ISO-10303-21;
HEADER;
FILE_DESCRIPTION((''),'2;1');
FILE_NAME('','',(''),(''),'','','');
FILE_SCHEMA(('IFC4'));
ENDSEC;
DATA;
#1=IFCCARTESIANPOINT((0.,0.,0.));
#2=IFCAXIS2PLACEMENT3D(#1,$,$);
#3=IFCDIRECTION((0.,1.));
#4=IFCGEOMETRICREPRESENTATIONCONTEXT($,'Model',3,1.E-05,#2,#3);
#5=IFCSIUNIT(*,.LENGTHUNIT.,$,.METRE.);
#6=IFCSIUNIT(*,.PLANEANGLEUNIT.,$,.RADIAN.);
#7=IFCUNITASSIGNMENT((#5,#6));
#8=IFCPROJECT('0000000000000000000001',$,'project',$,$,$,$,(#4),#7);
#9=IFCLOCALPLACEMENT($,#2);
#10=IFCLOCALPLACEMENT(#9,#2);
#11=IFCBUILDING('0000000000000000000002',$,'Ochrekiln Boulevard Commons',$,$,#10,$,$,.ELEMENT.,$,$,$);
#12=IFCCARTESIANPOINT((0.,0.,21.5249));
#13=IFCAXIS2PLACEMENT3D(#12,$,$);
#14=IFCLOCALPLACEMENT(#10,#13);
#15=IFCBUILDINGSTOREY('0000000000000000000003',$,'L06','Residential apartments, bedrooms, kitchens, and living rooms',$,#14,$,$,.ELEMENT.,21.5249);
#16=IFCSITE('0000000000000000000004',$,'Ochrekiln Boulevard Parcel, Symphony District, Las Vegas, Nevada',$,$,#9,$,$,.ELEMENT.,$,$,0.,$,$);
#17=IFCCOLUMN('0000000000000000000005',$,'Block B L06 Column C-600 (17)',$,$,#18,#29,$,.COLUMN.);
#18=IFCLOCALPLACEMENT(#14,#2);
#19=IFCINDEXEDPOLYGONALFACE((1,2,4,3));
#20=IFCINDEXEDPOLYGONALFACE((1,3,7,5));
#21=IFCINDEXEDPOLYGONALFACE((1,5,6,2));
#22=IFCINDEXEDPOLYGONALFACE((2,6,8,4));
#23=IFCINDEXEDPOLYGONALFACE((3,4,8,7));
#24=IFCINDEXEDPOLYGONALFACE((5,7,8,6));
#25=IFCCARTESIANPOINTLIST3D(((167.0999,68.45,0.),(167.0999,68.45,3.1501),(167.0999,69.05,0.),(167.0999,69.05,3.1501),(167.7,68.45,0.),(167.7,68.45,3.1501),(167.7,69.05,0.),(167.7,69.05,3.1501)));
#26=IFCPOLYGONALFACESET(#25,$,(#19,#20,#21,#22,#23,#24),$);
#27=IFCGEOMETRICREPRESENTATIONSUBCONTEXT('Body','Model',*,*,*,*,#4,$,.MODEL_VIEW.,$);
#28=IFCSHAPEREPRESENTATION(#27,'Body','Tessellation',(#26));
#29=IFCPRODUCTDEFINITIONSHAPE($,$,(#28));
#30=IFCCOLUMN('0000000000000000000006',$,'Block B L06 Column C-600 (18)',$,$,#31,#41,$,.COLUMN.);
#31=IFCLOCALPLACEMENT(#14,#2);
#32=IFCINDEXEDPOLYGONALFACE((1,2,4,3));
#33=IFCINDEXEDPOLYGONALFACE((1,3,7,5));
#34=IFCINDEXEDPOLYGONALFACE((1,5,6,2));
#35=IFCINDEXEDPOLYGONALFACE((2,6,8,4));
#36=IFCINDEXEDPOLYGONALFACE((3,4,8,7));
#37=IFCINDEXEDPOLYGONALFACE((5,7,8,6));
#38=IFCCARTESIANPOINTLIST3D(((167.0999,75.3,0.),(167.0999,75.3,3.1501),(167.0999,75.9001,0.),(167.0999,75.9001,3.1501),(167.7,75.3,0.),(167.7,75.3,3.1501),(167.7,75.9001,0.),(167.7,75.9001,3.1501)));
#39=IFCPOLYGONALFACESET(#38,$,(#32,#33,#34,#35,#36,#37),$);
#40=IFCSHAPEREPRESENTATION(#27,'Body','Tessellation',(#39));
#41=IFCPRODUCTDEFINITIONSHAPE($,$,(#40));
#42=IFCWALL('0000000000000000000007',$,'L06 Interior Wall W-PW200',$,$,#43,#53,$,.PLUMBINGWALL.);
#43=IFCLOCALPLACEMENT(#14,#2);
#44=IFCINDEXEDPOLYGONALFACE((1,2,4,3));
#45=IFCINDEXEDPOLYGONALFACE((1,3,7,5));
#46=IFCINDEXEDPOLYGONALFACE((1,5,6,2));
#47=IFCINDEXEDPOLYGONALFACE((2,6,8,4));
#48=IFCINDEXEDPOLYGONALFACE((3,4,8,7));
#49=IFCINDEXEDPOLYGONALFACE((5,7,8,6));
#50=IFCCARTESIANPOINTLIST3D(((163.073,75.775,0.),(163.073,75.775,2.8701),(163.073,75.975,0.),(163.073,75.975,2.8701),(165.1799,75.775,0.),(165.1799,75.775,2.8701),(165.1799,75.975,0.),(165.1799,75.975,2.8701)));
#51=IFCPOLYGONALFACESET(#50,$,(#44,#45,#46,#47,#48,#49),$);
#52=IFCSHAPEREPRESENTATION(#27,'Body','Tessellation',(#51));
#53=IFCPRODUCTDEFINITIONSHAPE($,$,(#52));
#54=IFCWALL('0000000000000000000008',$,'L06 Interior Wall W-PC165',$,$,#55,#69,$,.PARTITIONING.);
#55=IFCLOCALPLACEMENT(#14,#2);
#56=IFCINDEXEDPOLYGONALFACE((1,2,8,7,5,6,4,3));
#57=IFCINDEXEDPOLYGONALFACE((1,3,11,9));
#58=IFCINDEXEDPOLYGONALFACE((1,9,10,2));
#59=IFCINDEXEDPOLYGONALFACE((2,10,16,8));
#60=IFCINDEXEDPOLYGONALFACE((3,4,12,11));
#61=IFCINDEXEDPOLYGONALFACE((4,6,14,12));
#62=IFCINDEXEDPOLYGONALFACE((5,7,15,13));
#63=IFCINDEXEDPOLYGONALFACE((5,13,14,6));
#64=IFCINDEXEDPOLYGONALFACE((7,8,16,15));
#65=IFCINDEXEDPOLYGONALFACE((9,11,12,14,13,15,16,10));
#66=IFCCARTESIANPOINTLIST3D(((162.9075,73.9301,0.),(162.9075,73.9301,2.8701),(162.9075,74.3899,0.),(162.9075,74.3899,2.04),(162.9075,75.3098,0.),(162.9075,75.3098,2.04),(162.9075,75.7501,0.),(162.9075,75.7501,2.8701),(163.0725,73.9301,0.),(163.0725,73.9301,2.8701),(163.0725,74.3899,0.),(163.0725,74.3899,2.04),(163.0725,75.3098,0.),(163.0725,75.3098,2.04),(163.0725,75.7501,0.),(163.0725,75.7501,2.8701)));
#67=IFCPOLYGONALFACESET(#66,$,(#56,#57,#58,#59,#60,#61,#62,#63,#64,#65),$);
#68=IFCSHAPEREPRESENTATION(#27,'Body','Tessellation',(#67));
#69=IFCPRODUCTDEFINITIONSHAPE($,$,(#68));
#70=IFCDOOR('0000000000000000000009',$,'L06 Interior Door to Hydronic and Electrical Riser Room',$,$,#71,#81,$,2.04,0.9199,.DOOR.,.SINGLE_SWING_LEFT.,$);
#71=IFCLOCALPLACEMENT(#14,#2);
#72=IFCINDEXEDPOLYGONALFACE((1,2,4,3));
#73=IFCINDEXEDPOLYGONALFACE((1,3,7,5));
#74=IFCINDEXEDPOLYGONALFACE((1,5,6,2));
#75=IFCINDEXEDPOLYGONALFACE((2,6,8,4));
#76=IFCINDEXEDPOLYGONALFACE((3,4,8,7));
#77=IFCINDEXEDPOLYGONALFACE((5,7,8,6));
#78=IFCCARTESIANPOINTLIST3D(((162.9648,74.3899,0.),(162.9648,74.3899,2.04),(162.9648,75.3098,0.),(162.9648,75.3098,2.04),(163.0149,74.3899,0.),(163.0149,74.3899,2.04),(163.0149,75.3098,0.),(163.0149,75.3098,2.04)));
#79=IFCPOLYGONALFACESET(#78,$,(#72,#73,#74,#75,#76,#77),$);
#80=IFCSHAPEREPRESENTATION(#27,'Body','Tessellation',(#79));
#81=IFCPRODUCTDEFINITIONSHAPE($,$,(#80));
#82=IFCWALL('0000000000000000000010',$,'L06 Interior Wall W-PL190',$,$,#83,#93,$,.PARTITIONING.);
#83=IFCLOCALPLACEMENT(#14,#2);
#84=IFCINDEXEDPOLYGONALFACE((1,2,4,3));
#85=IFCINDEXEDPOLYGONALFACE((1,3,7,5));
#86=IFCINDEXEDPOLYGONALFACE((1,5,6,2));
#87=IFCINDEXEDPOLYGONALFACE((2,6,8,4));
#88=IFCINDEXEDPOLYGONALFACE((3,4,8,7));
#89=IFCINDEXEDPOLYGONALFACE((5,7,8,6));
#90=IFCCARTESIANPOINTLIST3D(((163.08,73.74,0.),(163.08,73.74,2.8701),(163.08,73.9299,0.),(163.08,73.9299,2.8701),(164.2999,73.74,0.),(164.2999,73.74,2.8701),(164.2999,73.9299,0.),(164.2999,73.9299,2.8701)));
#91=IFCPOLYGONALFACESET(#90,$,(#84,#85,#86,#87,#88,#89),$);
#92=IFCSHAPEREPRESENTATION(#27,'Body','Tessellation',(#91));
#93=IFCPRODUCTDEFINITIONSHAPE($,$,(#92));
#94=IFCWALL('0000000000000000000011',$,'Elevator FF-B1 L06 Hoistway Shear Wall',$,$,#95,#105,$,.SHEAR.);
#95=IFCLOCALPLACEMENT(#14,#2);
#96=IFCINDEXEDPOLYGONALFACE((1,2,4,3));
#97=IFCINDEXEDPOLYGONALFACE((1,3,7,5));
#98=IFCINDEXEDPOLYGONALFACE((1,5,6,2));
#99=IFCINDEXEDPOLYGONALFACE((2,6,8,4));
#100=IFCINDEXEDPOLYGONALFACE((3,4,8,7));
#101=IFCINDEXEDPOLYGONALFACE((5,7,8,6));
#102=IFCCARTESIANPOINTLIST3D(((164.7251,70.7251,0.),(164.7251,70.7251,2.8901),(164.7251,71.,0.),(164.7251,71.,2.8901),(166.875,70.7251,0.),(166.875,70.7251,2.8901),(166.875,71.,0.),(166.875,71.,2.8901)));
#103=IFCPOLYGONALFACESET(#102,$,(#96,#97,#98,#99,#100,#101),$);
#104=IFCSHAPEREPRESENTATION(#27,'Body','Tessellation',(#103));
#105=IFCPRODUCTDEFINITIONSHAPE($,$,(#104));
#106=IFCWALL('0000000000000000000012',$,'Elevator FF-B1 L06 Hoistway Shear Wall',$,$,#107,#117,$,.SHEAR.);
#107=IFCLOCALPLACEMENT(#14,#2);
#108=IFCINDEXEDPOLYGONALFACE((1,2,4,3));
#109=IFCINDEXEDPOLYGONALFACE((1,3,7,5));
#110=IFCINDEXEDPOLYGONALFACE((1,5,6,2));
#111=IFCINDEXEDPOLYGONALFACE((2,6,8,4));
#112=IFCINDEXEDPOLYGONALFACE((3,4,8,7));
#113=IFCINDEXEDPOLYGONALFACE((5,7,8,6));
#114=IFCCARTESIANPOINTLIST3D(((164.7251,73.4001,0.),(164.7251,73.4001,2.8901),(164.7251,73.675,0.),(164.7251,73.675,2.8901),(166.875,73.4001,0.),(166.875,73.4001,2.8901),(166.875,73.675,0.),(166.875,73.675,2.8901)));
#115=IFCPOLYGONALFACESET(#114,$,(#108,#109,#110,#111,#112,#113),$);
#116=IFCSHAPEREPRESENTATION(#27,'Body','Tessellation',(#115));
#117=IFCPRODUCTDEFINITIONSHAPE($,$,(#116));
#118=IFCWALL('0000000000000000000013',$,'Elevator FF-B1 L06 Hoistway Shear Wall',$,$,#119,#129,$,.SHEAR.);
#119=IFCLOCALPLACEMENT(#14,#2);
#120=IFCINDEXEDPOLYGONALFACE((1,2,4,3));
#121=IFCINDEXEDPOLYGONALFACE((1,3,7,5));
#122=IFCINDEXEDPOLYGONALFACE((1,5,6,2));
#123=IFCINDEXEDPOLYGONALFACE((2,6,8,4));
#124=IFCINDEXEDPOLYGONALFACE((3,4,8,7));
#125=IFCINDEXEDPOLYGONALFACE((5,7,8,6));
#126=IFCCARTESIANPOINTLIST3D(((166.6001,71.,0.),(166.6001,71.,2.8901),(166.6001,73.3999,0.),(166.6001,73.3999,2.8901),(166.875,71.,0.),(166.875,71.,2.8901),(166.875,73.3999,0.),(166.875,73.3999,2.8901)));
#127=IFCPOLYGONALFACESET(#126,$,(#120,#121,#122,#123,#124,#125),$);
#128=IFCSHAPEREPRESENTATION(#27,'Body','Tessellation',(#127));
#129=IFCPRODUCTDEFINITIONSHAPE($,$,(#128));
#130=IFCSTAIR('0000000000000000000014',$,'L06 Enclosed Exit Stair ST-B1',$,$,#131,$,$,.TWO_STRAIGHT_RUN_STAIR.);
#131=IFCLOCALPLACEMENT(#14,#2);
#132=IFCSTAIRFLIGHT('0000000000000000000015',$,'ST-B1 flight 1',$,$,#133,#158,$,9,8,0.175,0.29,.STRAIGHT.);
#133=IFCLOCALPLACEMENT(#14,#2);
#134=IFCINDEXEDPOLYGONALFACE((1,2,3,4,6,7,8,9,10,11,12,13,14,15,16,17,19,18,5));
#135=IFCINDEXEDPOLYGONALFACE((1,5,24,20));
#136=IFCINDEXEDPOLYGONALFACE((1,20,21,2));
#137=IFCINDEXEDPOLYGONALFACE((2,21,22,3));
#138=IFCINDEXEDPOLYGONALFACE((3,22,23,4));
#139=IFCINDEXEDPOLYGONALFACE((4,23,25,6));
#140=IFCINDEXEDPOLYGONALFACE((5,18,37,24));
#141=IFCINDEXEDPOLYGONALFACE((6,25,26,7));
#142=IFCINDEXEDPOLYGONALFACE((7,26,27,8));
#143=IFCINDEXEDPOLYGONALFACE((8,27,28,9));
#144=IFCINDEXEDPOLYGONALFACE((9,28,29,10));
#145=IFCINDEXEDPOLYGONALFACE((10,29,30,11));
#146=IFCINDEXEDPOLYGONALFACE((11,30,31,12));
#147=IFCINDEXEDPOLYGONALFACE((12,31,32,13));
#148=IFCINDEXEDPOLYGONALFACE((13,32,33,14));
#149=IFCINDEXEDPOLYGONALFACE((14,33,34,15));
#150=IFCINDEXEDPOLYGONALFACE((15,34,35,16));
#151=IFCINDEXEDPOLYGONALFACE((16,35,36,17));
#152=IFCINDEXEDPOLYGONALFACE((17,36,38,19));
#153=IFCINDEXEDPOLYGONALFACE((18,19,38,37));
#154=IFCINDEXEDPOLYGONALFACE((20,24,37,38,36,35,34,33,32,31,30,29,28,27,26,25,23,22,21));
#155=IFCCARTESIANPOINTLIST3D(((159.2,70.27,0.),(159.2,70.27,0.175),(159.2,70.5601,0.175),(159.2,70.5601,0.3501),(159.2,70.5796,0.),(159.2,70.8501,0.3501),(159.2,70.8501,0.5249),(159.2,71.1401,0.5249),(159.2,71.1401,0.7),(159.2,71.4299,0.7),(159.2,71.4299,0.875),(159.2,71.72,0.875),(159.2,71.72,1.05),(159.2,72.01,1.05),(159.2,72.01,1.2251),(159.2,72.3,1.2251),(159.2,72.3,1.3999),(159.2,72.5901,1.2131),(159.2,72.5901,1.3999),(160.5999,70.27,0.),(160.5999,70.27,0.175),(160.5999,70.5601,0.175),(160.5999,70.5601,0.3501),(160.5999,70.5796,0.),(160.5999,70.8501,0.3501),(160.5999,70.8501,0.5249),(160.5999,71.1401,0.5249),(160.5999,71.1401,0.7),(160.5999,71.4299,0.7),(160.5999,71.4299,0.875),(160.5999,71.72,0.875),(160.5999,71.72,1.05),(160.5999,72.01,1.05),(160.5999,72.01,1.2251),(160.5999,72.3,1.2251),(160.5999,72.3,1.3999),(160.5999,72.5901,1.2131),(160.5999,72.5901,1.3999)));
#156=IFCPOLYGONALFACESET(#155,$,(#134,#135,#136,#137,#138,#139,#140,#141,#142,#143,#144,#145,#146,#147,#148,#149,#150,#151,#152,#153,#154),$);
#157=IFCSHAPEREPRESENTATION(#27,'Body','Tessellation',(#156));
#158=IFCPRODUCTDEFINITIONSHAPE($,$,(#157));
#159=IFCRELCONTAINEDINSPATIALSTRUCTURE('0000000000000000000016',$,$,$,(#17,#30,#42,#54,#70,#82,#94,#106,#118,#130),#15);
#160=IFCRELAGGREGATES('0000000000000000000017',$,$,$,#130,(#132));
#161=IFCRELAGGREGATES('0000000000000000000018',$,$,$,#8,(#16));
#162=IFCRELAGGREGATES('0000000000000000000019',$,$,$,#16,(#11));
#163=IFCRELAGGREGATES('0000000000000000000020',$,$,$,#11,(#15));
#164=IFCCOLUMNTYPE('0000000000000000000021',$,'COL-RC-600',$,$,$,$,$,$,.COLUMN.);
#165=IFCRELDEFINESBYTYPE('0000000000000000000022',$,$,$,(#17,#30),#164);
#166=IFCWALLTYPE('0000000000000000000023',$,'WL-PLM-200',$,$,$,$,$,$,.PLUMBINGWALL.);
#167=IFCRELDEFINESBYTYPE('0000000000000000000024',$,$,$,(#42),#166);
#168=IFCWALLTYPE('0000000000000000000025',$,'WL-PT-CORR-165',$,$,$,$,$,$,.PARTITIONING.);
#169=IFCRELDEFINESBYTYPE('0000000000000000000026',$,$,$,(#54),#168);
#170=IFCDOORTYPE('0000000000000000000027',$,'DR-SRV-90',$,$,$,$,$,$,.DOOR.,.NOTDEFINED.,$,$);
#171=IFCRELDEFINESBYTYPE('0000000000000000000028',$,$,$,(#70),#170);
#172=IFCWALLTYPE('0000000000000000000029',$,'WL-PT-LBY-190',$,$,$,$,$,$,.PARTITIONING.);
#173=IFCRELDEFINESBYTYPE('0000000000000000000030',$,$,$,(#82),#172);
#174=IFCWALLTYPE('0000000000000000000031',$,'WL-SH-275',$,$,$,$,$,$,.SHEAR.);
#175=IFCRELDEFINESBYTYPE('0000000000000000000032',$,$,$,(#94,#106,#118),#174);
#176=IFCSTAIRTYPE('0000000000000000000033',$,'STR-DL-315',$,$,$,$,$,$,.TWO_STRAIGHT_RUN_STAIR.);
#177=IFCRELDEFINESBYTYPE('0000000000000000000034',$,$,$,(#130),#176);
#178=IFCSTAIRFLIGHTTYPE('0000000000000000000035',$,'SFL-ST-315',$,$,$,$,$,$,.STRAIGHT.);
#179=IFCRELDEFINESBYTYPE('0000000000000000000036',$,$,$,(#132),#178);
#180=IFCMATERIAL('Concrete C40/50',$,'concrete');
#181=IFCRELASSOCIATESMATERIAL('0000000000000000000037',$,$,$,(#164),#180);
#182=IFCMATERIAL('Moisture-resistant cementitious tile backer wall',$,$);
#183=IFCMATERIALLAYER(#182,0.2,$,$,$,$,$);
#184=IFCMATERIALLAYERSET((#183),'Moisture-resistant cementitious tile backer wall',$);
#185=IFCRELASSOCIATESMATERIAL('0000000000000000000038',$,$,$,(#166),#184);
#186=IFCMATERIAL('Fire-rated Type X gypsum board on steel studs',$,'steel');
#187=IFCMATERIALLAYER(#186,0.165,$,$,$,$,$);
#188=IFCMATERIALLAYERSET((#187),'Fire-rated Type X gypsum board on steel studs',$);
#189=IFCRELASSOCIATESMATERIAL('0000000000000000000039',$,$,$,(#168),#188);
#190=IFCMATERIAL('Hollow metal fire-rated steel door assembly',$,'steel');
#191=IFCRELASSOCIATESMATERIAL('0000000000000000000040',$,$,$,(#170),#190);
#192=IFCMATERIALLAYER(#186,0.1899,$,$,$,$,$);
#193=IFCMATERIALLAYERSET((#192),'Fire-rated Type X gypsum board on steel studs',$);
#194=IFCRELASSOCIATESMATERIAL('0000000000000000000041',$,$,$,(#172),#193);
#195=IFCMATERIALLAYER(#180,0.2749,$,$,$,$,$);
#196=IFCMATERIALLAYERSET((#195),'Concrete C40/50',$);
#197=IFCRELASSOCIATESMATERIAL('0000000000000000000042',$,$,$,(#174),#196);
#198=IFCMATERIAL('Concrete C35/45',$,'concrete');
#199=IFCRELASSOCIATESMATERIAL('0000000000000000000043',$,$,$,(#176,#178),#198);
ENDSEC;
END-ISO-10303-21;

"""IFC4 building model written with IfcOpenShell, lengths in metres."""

from ifc_helpers import new_model, si_unit, direction, frame, frame_2d, origin, origin_2d, place, context, subcontext, project, spatial, polyline, rectangle, outline, extrude, material, layer, layer_set, material_profile, profile_set, type_object, element, fill, aggregate, save


model = new_model("IFC4")

# Units and contexts
model_context = context("Model", 3, precision=1e-05, world=origin(), true_north=direction((0.0, 1.0)))
body_context = subcontext(model_context, "Body", "Model", "MODEL_VIEW")
ifc_project = project(units=[si_unit("LENGTHUNIT", "METRE"), si_unit("PLANEANGLEUNIT", "RADIAN")], contexts=[model_context])

# Site, building, storey
site_placement = place(None, origin())
site = spatial("IfcSite", under=ifc_project, at=site_placement, Name="Ochrekiln Boulevard Parcel, Symphony District, Las Vegas, Nevada", CompositionType="ELEMENT", RefElevation=0.0)
building_placement = place(site_placement, origin())
building = spatial("IfcBuilding", under=site, at=building_placement, Name="Ochrekiln Boulevard Commons", CompositionType="ELEMENT")
storey_placement = place(building_placement, frame((0.0, 0.0, 21.5249)))
storey = spatial("IfcBuildingStorey", under=building, at=storey_placement, Name="L06", Description="Residential apartments, bedrooms, kitchens, and living rooms", CompositionType="ELEMENT", Elevation=21.5249)

# Columns
ifc_material_1 = material(Name="Concrete C40/50", Category="concrete")
ifc_material_profile = material_profile(ifc_material_1, rectangle(XDim=0.6001, YDim=0.6001, at=origin_2d()), Name="RC-COL-600x600")
ifc_profile_set = profile_set([ifc_material_profile], Name="Concrete C40/50")
column_type = type_object("IfcColumnType", Name="COL-RC-600", PredefinedType="COLUMN", material=ifc_profile_set)
for number, where, z_axis, x_axis, name in (
    (1, (167.3999, 68.75, 0.0), (0.0, 0.0, 1.0), (1.0, 0.0, 0.0), "Block B L06 Column C-600 (17)"),
    (2, (167.3999, 75.6001, 0.0), (0.0, 0.0, 1.0), (1.0, 0.0, 0.0), "Block B L06 Column C-600 (18)"),
):
    element("IfcColumn", number, at=place(storey_placement, frame(where, z_axis=z_axis, x_axis=x_axis)), inside=storey, type_object=column_type, Name=name, PredefinedType="COLUMN", context=body_context, shape_type="SweptSolid", body=[
        extrude(rectangle(XDim=0.6001, YDim=0.6001, at=origin_2d()), origin(), (0.0, 0.0, 1.0), 3.1501),
    ])

# Wall
ifc_material_2 = material(Name="Moisture-resistant cementitious tile backer wall")
ifc_layer_1 = layer(ifc_material_2, 0.2)
ifc_layer_set_1 = layer_set([ifc_layer_1], Name="Moisture-resistant cementitious tile backer wall")
wall_type_1 = type_object("IfcWallType", Name="WL-PLM-200", PredefinedType="PLUMBINGWALL", material=ifc_layer_set_1)
wall_1_placement = place(storey_placement, frame((163.073, 75.875, 0.0), z_axis=(0.0, 0.0, 1.0), x_axis=(1.0, 0.0, 0.0)))
element("IfcWall", 3, at=wall_1_placement, inside=storey, type_object=wall_type_1, Name="L06 Interior Wall W-PW200", PredefinedType="PLUMBINGWALL", context=body_context, shape_type="SweptSolid", body=[
    extrude(rectangle(XDim=2.1069, YDim=0.2, at=frame_2d((1.0535, 0.0))), origin(), (0.0, 0.0, 1.0), 2.8701),
])

# Wall, opening, door
ifc_material_3 = material(Name="Fire-rated Type X gypsum board on steel studs", Category="steel")
ifc_layer_2 = layer(ifc_material_3, 0.165)
ifc_layer_set_2 = layer_set([ifc_layer_2], Name="Fire-rated Type X gypsum board on steel studs")
wall_type_2 = type_object("IfcWallType", Name="WL-PT-CORR-165", PredefinedType="PARTITIONING", material=ifc_layer_set_2)
wall_2_placement = place(storey_placement, frame((162.99, 73.9299, 0.0), z_axis=(0.0, 0.0, 1.0), x_axis=(0.0, 1.0, 0.0)))
wall_2 = element("IfcWall", 4, at=wall_2_placement, inside=storey, type_object=wall_type_2, Name="L06 Interior Wall W-PC165", PredefinedType="PARTITIONING", context=body_context, shape_type="SweptSolid", body=[
    extrude(rectangle(XDim=1.8201, YDim=0.165, at=frame_2d((0.9102, 0.0))), origin(), (0.0, 0.0, 1.0), 2.8701),
])
opening_1_placement = place(wall_2_placement, frame((0.46, 0.0, 0.0)))
opening_1 = element("IfcOpeningElement", 5, at=opening_1_placement, cuts=wall_2, PredefinedType="OPENING", context=body_context, shape_type="SweptSolid", body=[
    extrude(rectangle(XDim=0.9199, YDim=2.04, at=frame_2d((0.46, 1.02))), frame((0.0, 0.0925, 0.0), z_axis=(0.0, -1.0, 0.0), x_axis=(1.0, 0.0, 0.0)), (0.0, 0.0, 1.0), 0.1851),
])
ifc_material_4 = material(Name="Hollow metal fire-rated steel door assembly", Category="steel")
door_type_1 = type_object("IfcDoorType", Name="DR-SRV-90", OperationType="NOTDEFINED", PredefinedType="DOOR", material=ifc_material_4)
door_1_placement = place(opening_1_placement, frame((0.9199, 0.0, 0.0), z_axis=(0.0, 0.0, 1.0), x_axis=(-1.0, 0.0, 0.0)))
door_1 = element("IfcDoor", 6, at=door_1_placement, inside=storey, type_object=door_type_1, Name="L06 Interior Door to Hydronic and Electrical Riser Room", OperationType="SINGLE_SWING_LEFT", OverallHeight=2.04, OverallWidth=0.9199, PredefinedType="DOOR", context=body_context, shape_type="SweptSolid", body=[
    extrude(rectangle(XDim=0.9199, YDim=2.04, at=frame_2d((0.46, 1.02))), frame((0.0, 0.0249, 0.0), z_axis=(0.0, -1.0, 0.0), x_axis=(1.0, 0.0, 0.0)), (0.0, 0.0, 1.0), 0.05),
])
fill(opening_1, door_1)

# Wall
ifc_layer_3 = layer(ifc_material_3, 0.1899)
ifc_layer_set_3 = layer_set([ifc_layer_3], Name="Fire-rated Type X gypsum board on steel studs")
wall_type_3 = type_object("IfcWallType", Name="WL-PT-LBY-190", PredefinedType="PARTITIONING", material=ifc_layer_set_3)
wall_3_placement = place(storey_placement, frame((163.0801, 73.835, 0.0), z_axis=(0.0, 0.0, 1.0), x_axis=(1.0, 0.0, 0.0)))
element("IfcWall", 7, at=wall_3_placement, inside=storey, type_object=wall_type_3, Name="L06 Interior Wall W-PL190", PredefinedType="PARTITIONING", context=body_context, shape_type="SweptSolid", body=[
    extrude(rectangle(XDim=1.22, YDim=0.1899, at=frame_2d((0.6099, 0.0))), origin(), (0.0, 0.0, 1.0), 2.8701),
])

# Walls
ifc_layer_4 = layer(ifc_material_1, 0.2749)
ifc_layer_set_4 = layer_set([ifc_layer_4], Name="Concrete C40/50")
wall_type_4 = type_object("IfcWallType", Name="WL-SH-275", PredefinedType="SHEAR", material=ifc_layer_set_4)
for number, where, z_axis, x_axis, name in (
    (8, (164.7251, 70.8625, 0.0), (0.0, 0.0, 1.0), (1.0, 0.0, 0.0), "Elevator FF-B1 L06 Hoistway Shear Wall"),
    (9, (164.7251, 73.5376, 0.0), (0.0, 0.0, 1.0), (1.0, 0.0, 0.0), "Elevator FF-B1 L06 Hoistway Shear Wall"),
):
    element("IfcWall", number, at=place(storey_placement, frame(where, z_axis=z_axis, x_axis=x_axis)), inside=storey, type_object=wall_type_4, Name=name, PredefinedType="SHEAR", context=body_context, shape_type="SweptSolid", body=[
        extrude(rectangle(XDim=2.1499, YDim=0.2749, at=frame_2d((1.075, 0.0))), origin(), (0.0, 0.0, 1.0), 2.8901),
    ])

# Wall
wall_4_placement = place(storey_placement, frame((166.7375, 71.0, 0.0), z_axis=(0.0, 0.0, 1.0), x_axis=(0.0, 1.0, 0.0)))
element("IfcWall", 10, at=wall_4_placement, inside=storey, type_object=wall_type_4, Name="Elevator FF-B1 L06 Hoistway Shear Wall", PredefinedType="SHEAR", context=body_context, shape_type="SweptSolid", body=[
    extrude(rectangle(XDim=2.3999, YDim=0.2749, at=frame_2d((1.2, 0.0))), origin(), (0.0, 0.0, 1.0), 2.8901),
])

# Stair, stair flight
ifc_material_5 = material(Name="Concrete C35/45", Category="concrete")
stair_type = type_object("IfcStairType", Name="STR-DL-315", PredefinedType="TWO_STRAIGHT_RUN_STAIR", material=ifc_material_5)
stair_placement = place(storey_placement, origin())
stair = element("IfcStair", 11, at=stair_placement, inside=storey, type_object=stair_type, Name="L06 Enclosed Exit Stair ST-B1", PredefinedType="TWO_STRAIGHT_RUN_STAIR")
stair_flight_type = type_object("IfcStairFlightType", Name="SFL-ST-315", PredefinedType="STRAIGHT", material=ifc_material_5)
stair_flight_placement = place(storey_placement, frame((159.8999, 70.27, 0.0), z_axis=(0.0, 0.0, 1.0), x_axis=(0.0, 1.0, 0.0)))
stair_flight = element("IfcStairFlight", 12, at=stair_flight_placement, type_object=stair_flight_type, Name="ST-B1 flight 1", NumberOfRisers=9, NumberOfTreads=8, PredefinedType="STRAIGHT", RiserHeight=0.175, TreadLength=0.29, context=body_context, shape_type="SweptSolid", body=[
    extrude(outline(polyline([(0.0, 0.0), (0.0, 0.175), (0.29, 0.175), (0.29, 0.3501), (0.5801, 0.3501), (0.5801, 0.5249), (0.8701, 0.5249), (0.8701, 0.7), (1.1599, 0.7), (1.1599, 0.875), (1.45, 0.875), (1.45, 1.05), (1.74, 1.05), (1.74, 1.2251), (2.03, 1.2251), (2.03, 1.3999), (2.3201, 1.3999), (2.3201, 1.575), (2.3201, 1.2131), (0.3096, 0.0), (0.0, 0.0)])), frame((0.0, 0.7, 0.0), z_axis=(0.0, -1.0, 0.0), x_axis=(1.0, 0.0, 0.0)), (0.0, 0.0, 1.0), 1.3999),
])
aggregate(stair, [stair_flight])

save(model, "model.ifc")
